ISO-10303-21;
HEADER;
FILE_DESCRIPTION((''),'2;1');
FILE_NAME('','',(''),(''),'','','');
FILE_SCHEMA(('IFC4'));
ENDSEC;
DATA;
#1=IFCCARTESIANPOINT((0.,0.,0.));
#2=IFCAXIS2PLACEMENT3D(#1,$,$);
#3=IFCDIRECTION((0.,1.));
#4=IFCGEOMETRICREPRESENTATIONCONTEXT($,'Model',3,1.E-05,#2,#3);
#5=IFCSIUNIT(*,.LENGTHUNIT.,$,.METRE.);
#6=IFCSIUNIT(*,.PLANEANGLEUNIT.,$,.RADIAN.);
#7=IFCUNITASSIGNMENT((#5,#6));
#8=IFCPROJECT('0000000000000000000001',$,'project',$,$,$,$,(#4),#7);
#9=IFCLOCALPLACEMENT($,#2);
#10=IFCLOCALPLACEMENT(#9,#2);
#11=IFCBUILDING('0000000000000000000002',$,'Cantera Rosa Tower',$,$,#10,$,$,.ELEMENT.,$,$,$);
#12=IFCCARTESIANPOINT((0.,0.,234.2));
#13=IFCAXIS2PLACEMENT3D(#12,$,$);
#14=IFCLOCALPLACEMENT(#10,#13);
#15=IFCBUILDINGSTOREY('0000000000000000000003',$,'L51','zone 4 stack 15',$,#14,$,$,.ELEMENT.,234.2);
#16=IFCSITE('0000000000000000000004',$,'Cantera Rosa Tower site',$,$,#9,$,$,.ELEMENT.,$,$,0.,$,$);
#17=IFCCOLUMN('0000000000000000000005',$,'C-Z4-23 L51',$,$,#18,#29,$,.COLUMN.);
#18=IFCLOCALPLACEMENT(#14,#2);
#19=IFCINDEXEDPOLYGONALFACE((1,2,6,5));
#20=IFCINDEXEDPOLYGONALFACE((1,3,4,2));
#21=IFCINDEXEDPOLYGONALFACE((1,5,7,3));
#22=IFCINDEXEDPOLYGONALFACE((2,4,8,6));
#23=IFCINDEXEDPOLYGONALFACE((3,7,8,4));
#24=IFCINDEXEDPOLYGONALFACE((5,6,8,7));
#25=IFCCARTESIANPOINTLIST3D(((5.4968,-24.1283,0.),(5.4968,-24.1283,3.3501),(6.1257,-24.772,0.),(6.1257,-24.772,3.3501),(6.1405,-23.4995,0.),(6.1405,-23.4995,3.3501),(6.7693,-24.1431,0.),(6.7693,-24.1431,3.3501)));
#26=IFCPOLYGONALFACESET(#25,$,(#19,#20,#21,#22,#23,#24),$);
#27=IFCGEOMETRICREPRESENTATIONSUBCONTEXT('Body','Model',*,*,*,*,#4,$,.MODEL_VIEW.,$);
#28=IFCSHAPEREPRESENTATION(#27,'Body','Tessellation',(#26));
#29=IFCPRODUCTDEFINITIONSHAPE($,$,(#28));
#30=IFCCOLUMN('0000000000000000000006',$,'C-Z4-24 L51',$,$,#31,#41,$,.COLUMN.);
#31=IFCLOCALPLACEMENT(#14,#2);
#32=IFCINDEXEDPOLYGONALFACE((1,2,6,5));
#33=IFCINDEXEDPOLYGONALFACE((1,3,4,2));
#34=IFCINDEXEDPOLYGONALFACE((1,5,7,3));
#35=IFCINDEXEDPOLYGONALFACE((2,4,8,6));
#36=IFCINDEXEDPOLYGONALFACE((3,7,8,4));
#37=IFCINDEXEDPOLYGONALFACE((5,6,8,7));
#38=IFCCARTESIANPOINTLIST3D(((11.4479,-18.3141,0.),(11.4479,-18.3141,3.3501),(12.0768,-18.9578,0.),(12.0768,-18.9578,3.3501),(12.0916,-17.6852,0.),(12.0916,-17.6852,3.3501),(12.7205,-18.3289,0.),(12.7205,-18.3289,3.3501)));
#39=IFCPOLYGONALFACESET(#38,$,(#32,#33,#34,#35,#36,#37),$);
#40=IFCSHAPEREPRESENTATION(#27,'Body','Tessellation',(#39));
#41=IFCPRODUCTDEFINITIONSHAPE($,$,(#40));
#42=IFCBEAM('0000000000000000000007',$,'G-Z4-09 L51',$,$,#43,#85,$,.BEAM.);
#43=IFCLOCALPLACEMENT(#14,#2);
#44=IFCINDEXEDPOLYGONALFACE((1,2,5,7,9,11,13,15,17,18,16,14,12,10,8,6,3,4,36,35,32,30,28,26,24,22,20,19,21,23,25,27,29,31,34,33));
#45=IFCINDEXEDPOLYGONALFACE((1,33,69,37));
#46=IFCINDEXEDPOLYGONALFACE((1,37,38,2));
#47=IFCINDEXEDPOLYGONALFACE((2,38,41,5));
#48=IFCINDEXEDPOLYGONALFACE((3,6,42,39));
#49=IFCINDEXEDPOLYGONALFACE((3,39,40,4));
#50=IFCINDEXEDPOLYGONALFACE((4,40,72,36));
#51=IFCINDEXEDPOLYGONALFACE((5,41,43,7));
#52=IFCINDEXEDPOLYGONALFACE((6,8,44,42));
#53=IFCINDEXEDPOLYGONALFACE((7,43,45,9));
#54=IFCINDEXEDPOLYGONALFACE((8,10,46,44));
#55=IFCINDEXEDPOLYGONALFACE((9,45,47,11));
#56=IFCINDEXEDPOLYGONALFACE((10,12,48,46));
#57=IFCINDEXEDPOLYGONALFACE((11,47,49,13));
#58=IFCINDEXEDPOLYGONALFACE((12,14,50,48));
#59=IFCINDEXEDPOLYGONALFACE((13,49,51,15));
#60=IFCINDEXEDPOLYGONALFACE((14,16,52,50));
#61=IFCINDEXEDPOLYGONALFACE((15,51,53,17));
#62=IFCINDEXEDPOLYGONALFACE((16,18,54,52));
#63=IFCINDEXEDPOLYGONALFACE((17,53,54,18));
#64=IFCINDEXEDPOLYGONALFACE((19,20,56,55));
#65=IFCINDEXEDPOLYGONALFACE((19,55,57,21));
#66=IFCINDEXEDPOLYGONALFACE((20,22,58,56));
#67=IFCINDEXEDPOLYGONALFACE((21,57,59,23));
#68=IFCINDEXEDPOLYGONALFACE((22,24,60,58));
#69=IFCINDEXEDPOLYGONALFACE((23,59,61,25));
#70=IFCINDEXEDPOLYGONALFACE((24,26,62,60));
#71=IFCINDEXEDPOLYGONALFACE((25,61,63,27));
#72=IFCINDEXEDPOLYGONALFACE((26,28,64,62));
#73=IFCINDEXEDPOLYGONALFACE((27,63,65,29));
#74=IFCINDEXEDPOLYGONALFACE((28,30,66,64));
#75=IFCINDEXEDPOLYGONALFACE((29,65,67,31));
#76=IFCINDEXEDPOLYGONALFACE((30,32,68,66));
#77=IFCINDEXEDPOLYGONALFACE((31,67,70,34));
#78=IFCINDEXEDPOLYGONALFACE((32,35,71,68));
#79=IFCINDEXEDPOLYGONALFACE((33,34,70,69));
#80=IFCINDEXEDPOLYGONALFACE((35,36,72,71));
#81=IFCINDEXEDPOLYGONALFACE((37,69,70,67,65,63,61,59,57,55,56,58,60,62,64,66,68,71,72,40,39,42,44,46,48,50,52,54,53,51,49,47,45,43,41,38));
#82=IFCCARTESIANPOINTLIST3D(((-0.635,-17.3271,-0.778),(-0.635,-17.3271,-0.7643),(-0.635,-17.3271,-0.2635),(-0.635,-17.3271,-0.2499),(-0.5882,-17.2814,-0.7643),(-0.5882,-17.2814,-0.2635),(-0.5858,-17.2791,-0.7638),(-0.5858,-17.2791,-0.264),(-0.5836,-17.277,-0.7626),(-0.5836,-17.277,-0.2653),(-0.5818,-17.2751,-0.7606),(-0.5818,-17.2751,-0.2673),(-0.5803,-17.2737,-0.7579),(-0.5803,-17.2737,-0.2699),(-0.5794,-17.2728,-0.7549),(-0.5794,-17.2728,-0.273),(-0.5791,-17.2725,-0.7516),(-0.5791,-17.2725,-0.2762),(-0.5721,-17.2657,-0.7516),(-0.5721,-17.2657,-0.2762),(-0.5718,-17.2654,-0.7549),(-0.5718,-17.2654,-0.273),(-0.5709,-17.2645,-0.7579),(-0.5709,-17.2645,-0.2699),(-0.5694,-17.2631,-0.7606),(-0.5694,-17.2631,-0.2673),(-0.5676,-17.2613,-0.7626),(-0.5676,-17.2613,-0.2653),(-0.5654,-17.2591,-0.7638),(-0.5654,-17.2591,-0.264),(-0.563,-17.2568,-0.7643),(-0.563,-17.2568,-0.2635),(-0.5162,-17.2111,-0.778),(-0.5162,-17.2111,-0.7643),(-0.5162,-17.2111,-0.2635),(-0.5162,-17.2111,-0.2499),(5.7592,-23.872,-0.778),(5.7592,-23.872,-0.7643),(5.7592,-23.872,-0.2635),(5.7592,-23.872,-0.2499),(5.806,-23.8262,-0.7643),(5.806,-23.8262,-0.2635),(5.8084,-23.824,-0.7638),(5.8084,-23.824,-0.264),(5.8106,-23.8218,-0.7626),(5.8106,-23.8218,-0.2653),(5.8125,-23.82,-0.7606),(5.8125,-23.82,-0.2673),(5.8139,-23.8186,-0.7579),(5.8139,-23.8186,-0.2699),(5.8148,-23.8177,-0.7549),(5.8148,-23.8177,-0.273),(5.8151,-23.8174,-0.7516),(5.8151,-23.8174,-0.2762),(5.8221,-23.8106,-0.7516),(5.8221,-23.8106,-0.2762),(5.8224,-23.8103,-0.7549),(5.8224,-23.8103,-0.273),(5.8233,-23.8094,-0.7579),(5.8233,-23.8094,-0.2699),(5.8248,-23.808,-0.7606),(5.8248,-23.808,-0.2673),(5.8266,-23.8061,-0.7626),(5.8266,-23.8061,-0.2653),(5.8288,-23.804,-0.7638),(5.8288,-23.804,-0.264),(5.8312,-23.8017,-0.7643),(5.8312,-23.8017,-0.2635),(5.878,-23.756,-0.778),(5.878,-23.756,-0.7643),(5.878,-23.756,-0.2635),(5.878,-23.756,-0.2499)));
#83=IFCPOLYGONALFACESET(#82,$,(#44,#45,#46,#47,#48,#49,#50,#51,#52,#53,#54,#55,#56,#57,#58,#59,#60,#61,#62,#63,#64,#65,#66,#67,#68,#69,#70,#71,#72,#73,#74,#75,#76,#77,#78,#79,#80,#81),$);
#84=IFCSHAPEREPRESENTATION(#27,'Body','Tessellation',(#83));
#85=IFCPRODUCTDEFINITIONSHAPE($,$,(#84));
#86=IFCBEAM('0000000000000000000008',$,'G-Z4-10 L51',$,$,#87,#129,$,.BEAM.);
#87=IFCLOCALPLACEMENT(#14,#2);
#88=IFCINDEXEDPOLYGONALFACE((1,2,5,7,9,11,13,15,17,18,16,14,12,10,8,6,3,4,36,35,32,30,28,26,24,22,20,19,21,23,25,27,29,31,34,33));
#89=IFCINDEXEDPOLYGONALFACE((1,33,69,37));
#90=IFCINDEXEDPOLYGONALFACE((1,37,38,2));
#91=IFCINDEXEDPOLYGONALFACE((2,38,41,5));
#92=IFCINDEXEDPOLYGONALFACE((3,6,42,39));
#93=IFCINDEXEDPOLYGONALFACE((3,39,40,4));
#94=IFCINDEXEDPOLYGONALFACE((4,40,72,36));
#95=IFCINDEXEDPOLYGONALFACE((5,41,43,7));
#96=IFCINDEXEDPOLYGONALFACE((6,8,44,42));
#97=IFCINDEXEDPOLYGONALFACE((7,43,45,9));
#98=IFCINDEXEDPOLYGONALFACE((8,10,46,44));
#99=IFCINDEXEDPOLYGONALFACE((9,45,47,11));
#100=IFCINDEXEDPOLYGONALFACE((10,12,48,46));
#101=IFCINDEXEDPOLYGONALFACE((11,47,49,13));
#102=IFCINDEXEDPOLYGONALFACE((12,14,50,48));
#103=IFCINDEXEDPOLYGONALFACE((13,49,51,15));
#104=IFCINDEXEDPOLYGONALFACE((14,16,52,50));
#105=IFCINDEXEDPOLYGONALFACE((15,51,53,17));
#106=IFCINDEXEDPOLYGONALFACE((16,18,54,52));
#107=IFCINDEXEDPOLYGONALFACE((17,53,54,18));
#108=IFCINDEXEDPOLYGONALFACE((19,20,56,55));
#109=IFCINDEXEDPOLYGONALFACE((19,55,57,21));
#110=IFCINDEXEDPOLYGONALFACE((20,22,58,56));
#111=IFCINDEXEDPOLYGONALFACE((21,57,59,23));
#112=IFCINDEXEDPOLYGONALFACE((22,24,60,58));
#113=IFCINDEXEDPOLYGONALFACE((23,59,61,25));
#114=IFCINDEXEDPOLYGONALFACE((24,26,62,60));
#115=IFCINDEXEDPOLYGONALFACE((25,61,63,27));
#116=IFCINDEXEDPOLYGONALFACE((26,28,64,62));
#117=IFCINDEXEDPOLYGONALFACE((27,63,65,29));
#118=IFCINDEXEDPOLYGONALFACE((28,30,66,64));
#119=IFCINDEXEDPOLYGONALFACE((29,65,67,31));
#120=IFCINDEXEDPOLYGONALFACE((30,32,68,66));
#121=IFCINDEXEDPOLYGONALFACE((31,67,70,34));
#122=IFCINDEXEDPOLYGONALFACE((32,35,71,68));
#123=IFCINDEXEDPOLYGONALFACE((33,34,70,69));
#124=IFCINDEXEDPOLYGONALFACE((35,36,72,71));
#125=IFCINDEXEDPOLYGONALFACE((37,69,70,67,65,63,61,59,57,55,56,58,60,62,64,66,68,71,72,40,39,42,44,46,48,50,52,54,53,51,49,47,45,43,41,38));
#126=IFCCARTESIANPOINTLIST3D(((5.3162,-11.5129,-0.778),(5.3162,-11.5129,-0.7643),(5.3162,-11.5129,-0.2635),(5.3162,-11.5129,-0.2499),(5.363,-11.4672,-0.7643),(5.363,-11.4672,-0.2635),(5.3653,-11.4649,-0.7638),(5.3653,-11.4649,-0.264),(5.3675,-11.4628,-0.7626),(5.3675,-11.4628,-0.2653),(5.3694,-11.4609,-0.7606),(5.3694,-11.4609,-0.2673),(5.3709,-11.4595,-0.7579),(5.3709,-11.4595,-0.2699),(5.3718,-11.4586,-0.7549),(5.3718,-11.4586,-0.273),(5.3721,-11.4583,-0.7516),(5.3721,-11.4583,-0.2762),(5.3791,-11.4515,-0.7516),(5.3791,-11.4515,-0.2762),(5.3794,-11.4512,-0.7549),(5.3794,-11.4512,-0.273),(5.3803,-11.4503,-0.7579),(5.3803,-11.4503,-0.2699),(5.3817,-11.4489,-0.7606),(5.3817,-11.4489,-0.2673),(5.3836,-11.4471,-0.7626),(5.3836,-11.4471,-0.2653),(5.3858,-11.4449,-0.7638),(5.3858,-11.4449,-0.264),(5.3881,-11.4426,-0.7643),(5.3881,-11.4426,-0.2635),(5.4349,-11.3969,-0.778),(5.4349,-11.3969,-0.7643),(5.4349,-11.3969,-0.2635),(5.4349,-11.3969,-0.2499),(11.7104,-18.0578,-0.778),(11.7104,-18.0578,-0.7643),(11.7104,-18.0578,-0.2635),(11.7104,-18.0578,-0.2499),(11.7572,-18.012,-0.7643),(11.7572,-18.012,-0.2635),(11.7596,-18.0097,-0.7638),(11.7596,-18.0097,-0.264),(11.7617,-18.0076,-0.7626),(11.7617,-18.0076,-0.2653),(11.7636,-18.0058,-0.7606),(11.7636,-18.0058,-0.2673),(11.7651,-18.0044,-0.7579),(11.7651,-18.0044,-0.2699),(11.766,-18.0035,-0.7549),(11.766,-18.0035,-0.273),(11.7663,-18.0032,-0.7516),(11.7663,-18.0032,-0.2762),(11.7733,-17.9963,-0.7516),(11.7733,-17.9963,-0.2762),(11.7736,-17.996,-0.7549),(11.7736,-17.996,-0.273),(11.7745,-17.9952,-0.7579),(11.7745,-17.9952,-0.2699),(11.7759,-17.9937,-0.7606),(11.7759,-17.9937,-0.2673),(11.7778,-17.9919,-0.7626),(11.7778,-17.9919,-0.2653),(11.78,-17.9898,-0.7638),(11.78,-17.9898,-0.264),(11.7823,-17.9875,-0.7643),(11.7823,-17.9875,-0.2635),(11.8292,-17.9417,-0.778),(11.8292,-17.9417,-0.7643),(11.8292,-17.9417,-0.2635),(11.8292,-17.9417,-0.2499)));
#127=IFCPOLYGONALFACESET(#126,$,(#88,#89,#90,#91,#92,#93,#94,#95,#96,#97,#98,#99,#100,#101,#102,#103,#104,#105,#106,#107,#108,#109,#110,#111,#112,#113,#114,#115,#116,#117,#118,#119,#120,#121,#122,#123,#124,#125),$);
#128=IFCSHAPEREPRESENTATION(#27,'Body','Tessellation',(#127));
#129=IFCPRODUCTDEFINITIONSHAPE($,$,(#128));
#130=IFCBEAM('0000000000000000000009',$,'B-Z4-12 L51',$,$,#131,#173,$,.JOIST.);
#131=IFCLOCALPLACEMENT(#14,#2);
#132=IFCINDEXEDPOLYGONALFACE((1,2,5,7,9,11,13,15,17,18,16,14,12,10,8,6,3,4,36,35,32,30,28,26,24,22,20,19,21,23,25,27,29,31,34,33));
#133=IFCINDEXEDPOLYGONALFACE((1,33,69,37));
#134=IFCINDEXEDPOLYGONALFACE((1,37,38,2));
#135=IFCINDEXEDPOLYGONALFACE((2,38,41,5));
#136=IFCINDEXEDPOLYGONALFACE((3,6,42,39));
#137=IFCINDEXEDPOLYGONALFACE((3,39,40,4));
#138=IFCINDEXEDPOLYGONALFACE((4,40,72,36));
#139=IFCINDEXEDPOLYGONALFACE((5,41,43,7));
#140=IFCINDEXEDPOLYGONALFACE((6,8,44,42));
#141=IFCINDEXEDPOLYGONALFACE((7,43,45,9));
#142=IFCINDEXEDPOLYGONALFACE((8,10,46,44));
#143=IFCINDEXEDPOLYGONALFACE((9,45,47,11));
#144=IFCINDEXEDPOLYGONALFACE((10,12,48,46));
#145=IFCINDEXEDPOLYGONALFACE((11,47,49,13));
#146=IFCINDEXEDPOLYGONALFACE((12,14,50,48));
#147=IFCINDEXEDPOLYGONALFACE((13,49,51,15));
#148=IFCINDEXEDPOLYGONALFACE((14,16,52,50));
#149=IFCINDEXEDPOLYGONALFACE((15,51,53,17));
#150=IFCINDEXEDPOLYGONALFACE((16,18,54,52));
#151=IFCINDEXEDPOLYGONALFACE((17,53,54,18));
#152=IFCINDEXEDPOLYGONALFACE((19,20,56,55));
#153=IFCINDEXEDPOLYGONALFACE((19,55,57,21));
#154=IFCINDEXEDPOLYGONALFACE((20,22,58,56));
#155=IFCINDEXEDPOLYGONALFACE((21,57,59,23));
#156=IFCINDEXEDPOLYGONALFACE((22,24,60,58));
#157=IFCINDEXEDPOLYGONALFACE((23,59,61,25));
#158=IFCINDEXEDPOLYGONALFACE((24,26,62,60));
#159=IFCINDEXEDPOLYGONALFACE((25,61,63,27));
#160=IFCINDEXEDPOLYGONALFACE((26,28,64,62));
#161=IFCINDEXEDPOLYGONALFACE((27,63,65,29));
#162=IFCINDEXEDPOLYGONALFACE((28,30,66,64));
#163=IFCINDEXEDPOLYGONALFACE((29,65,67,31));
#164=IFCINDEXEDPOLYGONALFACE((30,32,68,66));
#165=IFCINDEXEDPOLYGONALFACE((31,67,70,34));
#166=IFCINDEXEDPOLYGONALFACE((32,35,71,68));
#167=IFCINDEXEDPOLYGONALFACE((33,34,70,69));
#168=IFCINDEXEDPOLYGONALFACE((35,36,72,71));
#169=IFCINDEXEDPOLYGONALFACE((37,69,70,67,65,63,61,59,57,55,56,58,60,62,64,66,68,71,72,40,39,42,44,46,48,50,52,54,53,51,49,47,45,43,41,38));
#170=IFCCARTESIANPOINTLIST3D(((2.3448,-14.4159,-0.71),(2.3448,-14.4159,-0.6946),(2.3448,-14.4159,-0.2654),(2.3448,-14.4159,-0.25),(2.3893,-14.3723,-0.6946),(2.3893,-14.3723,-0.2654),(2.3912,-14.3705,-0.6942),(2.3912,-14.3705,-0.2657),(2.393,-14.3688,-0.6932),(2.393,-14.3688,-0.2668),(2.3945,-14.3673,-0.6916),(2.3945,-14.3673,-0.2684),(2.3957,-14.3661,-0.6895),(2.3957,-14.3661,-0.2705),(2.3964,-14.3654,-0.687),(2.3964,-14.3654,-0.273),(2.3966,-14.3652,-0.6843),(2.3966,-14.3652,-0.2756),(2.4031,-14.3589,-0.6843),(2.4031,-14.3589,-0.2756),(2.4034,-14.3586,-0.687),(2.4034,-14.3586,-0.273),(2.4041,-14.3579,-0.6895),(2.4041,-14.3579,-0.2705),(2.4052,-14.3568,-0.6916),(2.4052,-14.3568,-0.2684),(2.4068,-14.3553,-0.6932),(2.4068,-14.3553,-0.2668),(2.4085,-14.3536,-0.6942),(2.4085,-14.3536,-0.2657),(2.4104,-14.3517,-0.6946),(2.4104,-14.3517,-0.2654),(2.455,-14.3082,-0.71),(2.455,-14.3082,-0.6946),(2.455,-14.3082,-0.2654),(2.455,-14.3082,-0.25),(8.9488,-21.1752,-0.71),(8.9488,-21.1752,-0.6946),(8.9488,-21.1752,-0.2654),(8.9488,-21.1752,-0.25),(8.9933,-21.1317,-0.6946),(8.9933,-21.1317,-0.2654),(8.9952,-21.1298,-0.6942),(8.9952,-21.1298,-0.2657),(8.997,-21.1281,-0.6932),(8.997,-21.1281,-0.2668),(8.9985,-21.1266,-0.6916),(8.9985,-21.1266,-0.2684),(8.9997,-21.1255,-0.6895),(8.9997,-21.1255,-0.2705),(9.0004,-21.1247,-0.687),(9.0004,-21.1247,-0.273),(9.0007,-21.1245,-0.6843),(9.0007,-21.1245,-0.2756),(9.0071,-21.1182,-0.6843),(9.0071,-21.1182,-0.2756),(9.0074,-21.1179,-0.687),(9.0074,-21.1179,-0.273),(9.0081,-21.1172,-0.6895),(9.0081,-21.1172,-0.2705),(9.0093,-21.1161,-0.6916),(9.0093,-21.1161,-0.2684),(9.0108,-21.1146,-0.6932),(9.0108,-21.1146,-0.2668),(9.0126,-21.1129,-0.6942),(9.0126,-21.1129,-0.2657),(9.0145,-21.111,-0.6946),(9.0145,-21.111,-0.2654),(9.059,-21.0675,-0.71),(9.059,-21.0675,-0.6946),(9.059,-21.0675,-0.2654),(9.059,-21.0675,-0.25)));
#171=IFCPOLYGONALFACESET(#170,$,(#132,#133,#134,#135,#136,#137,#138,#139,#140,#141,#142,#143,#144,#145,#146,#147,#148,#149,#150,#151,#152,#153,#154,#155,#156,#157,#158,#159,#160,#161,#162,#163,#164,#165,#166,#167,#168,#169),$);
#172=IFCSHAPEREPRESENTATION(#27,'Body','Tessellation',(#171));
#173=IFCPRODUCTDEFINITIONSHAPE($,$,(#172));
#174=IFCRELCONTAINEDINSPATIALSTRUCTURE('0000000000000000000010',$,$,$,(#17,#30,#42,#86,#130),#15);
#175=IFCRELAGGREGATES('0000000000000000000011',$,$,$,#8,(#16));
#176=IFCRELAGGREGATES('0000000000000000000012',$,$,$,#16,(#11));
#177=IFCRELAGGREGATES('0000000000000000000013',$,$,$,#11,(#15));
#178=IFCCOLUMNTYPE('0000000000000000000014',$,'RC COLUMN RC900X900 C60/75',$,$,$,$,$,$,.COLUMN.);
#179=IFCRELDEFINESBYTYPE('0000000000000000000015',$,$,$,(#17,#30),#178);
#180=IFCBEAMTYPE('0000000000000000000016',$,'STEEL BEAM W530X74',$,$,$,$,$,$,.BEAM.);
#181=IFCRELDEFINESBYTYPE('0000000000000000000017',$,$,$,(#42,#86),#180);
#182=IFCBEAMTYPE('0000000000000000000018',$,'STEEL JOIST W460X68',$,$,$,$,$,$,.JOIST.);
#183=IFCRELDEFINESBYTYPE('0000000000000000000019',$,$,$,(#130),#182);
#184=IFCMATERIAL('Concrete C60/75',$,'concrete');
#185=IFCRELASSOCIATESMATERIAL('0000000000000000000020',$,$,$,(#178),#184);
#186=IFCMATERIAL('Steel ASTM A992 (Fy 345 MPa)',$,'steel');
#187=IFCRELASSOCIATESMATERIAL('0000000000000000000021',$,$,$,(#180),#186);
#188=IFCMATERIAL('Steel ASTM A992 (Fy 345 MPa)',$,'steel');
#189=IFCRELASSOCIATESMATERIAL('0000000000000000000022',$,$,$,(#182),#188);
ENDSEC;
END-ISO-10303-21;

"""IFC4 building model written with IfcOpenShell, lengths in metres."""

from ifc_helpers import new_model, si_unit, direction, frame, origin, origin_2d, place, context, subcontext, project, spatial, rectangle, i_section, extrude, material, material_profile, profile_set, type_object, element, save


model = new_model("IFC4")

# Units and contexts
model_context = context("Model", 3, precision=1e-05, world=origin(), true_north=direction((0.0, 1.0)))
body_context = subcontext(model_context, "Body", "Model", "MODEL_VIEW")
ifc_project = project(units=[si_unit("LENGTHUNIT", "METRE"), si_unit("PLANEANGLEUNIT", "RADIAN")], contexts=[model_context])

# Site, building, storey
site_placement = place(None, origin())
site = spatial("IfcSite", under=ifc_project, at=site_placement, Name="Cantera Rosa Tower site", CompositionType="ELEMENT", RefElevation=0.0)
building_placement = place(site_placement, origin())
building = spatial("IfcBuilding", under=site, at=building_placement, Name="Cantera Rosa Tower", CompositionType="ELEMENT")
storey_placement = place(building_placement, frame((0.0, 0.0, 234.2)))
storey = spatial("IfcBuildingStorey", under=building, at=storey_placement, Name="L51", Description="zone 4 stack 15", CompositionType="ELEMENT", Elevation=234.2)

# Columns
ifc_material_1 = material(Name="Concrete C60/75", Category="concrete")
ifc_material_profile_1 = material_profile(ifc_material_1, rectangle(XDim=0.8999, YDim=0.8999, at=origin_2d()), Name="RC COLUMN RC900X900 C60/75")
ifc_profile_set_1 = profile_set([ifc_material_profile_1], Name="Concrete C60/75")
column_type = type_object("IfcColumnType", Name="RC COLUMN RC900X900 C60/75", PredefinedType="COLUMN", material=ifc_profile_set_1)
for number, where, z_axis, x_axis, name in (
    (1, (6.1331, -24.1357, 0.0), (0.0, 0.0, 1.0), (0.715286, 0.698832, 0.0), "C-Z4-23 L51"),
    (2, (12.0842, -18.3215, 0.0), (0.0, 0.0, 1.0), (0.715286, 0.698832, 0.0), "C-Z4-24 L51"),
):
    element("IfcColumn", number, at=place(storey_placement, frame(where, z_axis=z_axis, x_axis=x_axis)), inside=storey, type_object=column_type, Name=name, PredefinedType="COLUMN", context=body_context, shape_type="SweptSolid", body=[
        extrude(rectangle(XDim=0.8999, YDim=0.8999, at=origin_2d()), origin(), (0.0, 0.0, 1.0), 3.3501),
    ])

# Beams
ifc_material_2 = material(Name="Steel ASTM A992 (Fy 345 MPa)", Category="steel")
ifc_material_profile_2 = material_profile(ifc_material_2, i_section(OverallWidth=0.166, OverallDepth=0.5281, WebThickness=0.0098, FlangeThickness=0.0137, FilletRadius=0.0127, at=origin_2d()), Name="W530X74")
ifc_profile_set_2 = profile_set([ifc_material_profile_2], Name="Steel ASTM A992 (Fy 345 MPa)")
beam_type_1 = type_object("IfcBeamType", Name="STEEL BEAM W530X74", PredefinedType="BEAM", material=ifc_profile_set_2)
for number, where, z_axis, x_axis, name in (
    (3, (5.8186, -23.814, -0.5139), (-0.698827, 0.71529, 0.0), (-0.71529, -0.698827, 0.0), "G-Z4-09 L51"),
    (4, (11.7698, -17.9998, -0.5139), (-0.698827, 0.71529, 0.0), (-0.71529, -0.698827, 0.0), "G-Z4-10 L51"),
):
    element("IfcBeam", number, at=place(storey_placement, frame(where, z_axis=z_axis, x_axis=x_axis)), inside=storey, type_object=beam_type_1, Name=name, PredefinedType="BEAM", context=body_context, shape_type="SweptSolid", body=[
        extrude(i_section(OverallWidth=0.166, OverallDepth=0.5281, WebThickness=0.0098, FlangeThickness=0.0137, FilletRadius=0.0127, at=origin_2d()), origin(), (0.0, 0.0, 1.0), 9.1499),
    ])
ifc_material_3 = material(Name="Steel ASTM A992 (Fy 345 MPa)", Category="steel")
ifc_material_profile_3 = material_profile(ifc_material_3, i_section(OverallWidth=0.1541, OverallDepth=0.46, WebThickness=0.009, FlangeThickness=0.0154, FilletRadius=0.0103, at=origin_2d()), Name="W460X68")
ifc_profile_set_3 = profile_set([ifc_material_profile_3], Name="Steel ASTM A992 (Fy 345 MPa)")
beam_type_2 = type_object("IfcBeamType", Name="STEEL JOIST W460X68", PredefinedType="JOIST", material=ifc_profile_set_3)
beam_1_placement = place(storey_placement, frame((9.0039, -21.1213, -0.48), z_axis=(-0.698843, 0.715275, 0.0), x_axis=(-0.715275, -0.698843, 0.0)))
element("IfcBeam", 5, at=beam_1_placement, inside=storey, type_object=beam_type_2, Name="B-Z4-12 L51", PredefinedType="JOIST", context=body_context, shape_type="SweptSolid", body=[
    extrude(i_section(OverallWidth=0.1541, OverallDepth=0.46, WebThickness=0.009, FlangeThickness=0.0154, FilletRadius=0.0103, at=origin_2d()), origin(), (0.0, 0.0, 1.0), 9.45),
])

save(model, "model.ifc")
